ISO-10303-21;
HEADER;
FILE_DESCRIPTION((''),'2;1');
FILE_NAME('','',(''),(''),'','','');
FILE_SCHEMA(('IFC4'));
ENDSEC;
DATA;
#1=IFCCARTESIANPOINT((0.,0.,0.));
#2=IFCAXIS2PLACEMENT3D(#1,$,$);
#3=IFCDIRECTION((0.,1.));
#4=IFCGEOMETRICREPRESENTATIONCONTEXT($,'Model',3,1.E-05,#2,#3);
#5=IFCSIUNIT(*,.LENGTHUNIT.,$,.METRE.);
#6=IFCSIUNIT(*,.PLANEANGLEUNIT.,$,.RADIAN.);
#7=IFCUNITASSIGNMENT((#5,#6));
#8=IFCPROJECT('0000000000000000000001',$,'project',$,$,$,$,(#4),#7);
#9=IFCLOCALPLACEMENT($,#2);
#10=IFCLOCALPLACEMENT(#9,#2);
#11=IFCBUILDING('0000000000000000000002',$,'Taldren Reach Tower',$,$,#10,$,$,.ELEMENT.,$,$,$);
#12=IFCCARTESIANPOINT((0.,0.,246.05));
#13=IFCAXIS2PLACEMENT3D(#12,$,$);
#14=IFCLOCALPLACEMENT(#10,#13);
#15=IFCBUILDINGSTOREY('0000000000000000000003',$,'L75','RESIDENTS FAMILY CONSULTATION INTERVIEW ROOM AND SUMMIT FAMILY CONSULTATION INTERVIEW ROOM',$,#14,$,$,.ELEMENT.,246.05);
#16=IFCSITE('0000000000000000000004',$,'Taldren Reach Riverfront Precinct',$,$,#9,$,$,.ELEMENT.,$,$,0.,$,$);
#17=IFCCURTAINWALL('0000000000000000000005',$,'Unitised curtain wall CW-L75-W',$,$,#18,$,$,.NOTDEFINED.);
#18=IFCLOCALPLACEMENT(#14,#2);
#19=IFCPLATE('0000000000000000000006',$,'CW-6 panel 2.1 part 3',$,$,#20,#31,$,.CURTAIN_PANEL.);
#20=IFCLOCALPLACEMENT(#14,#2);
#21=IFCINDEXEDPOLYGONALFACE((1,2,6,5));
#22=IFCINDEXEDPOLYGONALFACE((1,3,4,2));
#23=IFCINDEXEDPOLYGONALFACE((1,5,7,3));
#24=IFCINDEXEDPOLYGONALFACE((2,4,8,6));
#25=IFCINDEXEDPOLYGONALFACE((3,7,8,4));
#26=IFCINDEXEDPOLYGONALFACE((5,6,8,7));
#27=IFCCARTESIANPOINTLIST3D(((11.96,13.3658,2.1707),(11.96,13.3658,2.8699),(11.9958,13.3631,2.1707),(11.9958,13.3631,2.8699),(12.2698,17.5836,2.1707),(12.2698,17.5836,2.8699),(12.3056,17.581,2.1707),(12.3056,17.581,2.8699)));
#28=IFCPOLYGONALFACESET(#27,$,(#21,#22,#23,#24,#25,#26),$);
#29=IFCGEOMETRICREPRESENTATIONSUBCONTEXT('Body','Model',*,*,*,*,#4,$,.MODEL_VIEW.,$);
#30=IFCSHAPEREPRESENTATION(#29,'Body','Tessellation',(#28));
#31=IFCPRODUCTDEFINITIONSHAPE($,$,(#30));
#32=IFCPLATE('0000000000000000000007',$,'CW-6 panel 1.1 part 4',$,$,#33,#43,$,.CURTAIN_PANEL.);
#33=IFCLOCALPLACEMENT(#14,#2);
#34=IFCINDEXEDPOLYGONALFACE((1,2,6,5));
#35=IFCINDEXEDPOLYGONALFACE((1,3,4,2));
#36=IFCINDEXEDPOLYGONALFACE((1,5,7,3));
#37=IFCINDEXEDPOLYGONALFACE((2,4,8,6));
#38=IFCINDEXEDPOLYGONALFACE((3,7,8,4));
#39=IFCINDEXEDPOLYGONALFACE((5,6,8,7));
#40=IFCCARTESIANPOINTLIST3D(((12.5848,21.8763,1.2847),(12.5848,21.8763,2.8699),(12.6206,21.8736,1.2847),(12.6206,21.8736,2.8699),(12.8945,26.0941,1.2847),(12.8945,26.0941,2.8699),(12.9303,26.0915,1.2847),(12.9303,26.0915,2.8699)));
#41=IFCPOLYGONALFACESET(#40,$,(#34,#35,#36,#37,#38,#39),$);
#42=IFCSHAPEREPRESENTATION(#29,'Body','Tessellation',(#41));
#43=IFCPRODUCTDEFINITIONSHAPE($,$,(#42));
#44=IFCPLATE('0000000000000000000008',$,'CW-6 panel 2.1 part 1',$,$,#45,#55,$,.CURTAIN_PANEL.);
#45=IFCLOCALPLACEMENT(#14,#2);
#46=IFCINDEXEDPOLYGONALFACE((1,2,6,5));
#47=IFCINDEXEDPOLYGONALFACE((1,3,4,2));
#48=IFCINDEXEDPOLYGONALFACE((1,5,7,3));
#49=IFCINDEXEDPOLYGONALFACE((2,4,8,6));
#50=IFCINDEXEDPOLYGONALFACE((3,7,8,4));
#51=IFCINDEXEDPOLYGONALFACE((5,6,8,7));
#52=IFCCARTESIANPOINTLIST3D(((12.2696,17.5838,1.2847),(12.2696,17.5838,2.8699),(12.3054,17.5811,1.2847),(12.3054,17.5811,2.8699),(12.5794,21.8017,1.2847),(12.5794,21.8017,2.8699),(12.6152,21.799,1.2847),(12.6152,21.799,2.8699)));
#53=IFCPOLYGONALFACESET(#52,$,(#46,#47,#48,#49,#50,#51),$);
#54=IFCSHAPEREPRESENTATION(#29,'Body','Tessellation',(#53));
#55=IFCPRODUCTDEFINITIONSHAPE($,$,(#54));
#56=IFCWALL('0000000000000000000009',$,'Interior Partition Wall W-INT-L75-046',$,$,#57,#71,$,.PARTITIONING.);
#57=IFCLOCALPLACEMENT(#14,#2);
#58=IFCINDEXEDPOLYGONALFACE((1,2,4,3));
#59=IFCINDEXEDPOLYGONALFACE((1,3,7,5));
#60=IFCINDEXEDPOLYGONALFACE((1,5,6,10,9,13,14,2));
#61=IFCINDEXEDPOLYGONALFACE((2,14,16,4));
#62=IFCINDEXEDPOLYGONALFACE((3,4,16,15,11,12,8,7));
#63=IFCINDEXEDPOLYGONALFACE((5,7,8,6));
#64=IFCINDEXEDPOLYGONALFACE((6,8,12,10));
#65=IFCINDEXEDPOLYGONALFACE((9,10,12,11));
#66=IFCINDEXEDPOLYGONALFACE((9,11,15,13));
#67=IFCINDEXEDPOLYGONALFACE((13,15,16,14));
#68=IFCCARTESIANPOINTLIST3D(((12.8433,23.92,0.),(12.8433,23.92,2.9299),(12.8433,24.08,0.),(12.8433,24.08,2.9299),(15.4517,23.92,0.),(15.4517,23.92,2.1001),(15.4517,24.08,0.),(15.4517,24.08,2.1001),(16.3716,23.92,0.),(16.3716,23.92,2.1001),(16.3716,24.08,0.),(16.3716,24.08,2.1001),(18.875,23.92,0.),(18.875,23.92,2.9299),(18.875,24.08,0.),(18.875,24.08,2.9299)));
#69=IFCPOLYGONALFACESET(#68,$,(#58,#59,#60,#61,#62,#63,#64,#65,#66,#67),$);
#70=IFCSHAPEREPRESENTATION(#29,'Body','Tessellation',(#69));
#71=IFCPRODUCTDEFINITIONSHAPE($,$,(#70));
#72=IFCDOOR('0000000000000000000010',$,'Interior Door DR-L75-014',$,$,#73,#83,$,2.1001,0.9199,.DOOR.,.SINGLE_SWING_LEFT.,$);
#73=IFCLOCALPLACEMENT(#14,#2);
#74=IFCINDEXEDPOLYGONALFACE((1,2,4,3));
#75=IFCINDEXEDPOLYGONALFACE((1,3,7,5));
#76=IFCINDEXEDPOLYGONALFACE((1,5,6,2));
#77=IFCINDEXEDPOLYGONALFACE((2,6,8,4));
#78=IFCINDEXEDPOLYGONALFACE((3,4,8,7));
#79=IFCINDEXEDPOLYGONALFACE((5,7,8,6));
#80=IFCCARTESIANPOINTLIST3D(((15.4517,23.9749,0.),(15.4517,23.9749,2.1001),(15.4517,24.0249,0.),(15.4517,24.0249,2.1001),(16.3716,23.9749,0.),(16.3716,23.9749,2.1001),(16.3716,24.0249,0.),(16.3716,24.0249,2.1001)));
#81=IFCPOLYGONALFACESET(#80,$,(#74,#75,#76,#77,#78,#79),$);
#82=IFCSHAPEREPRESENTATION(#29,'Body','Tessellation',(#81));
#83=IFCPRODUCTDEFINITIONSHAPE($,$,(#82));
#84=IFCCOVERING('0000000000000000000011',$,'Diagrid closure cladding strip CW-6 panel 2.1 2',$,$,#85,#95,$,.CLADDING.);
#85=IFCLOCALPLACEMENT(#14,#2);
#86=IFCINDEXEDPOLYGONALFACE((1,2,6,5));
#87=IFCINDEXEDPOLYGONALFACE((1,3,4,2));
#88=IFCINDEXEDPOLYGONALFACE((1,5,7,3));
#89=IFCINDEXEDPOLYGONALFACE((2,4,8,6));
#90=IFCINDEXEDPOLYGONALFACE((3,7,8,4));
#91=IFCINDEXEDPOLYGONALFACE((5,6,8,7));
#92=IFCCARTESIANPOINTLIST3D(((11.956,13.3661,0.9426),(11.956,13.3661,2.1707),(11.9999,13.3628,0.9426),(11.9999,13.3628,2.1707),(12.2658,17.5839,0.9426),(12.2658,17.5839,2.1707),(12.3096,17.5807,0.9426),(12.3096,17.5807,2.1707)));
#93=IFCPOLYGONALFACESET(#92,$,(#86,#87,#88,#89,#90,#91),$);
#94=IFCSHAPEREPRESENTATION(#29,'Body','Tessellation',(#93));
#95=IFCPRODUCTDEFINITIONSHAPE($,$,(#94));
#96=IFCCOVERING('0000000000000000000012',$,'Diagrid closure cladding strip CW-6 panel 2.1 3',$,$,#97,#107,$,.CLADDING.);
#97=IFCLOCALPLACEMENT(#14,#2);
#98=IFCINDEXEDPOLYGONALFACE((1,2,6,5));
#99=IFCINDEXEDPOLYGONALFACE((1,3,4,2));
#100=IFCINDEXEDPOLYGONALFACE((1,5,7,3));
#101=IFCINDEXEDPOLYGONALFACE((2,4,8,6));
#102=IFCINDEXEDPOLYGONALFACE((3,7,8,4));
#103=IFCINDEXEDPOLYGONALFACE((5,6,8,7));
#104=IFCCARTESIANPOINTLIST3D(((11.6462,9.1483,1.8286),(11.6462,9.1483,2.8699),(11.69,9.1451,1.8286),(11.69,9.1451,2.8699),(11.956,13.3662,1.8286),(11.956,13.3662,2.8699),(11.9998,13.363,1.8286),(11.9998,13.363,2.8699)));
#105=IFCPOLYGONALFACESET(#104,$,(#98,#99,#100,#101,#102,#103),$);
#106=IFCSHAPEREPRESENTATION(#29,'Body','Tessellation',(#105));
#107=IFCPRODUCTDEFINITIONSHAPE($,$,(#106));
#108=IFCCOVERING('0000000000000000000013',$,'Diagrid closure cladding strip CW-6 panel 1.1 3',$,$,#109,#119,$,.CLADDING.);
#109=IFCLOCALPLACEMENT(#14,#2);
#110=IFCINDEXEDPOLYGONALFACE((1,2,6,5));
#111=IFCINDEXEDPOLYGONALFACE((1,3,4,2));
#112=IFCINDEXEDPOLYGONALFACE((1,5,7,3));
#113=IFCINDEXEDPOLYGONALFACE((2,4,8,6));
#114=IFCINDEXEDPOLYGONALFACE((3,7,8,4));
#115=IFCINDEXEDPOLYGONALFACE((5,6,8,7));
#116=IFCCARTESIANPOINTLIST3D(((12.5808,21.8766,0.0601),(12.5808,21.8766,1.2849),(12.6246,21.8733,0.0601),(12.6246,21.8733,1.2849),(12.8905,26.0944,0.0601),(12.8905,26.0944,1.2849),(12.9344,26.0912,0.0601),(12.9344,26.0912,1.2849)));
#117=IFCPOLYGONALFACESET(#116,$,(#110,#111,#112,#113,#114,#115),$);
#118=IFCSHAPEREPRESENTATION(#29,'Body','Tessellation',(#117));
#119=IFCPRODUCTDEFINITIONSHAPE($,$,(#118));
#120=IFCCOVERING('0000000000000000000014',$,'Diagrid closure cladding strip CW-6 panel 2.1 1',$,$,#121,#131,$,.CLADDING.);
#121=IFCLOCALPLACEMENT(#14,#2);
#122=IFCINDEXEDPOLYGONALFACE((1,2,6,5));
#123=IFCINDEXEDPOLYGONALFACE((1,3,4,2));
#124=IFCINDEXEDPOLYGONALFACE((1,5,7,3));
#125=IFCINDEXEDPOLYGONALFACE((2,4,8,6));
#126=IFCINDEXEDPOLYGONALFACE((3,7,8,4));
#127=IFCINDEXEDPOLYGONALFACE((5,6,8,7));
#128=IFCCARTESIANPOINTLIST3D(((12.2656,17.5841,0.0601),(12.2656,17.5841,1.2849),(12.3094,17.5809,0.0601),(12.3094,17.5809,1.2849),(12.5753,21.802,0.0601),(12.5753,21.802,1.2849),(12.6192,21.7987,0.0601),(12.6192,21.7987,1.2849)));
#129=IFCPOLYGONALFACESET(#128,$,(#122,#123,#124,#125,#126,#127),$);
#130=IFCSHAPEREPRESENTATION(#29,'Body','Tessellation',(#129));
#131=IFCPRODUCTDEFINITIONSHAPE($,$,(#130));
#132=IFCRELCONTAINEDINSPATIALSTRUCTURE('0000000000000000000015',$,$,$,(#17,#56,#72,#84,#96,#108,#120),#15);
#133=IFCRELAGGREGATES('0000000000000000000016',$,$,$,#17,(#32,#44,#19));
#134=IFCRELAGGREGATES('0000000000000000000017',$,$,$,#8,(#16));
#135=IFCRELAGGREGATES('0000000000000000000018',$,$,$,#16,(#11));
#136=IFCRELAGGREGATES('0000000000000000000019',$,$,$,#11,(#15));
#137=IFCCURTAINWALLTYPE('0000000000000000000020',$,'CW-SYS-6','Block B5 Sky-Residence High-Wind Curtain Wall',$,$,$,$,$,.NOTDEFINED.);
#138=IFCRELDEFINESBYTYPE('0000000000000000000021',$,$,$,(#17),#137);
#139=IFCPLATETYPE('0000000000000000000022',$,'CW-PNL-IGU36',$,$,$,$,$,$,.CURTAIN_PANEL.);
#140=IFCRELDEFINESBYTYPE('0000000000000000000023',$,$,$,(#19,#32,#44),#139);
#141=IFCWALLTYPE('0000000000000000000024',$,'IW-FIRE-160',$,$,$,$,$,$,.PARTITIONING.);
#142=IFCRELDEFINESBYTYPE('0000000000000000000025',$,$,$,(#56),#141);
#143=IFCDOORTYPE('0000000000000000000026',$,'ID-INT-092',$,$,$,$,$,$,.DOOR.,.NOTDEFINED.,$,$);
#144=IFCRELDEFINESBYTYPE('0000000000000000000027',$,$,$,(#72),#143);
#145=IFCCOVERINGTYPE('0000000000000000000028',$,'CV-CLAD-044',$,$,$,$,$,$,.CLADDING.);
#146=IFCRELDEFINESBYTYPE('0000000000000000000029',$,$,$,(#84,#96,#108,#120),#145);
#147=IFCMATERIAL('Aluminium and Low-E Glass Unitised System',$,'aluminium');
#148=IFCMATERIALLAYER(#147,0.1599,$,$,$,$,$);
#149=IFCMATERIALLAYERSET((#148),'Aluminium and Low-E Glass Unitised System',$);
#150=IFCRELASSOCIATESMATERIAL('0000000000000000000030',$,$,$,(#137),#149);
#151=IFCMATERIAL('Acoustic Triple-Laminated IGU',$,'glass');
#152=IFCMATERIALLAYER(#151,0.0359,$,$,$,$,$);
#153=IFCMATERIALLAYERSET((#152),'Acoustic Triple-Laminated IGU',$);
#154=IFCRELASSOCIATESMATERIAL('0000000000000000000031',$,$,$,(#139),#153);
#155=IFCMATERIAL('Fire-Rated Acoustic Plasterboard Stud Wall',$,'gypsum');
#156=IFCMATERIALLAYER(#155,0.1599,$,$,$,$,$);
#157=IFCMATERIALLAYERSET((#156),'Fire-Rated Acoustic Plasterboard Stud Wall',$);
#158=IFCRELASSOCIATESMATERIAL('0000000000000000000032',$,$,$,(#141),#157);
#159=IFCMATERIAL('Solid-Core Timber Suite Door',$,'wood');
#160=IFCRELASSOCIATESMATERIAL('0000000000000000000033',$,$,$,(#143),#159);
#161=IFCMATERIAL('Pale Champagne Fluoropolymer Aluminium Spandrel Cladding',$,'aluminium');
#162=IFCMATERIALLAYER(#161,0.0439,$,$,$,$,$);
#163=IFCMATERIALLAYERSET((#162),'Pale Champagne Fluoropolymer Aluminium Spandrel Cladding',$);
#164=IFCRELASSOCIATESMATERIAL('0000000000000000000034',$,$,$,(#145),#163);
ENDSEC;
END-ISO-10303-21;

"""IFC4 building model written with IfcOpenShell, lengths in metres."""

from ifc_helpers import new_model, si_unit, direction, frame, frame_2d, origin, origin_2d, place, context, subcontext, project, spatial, rectangle, extrude, source, transform, mapped, material, layer, layer_set, type_object, element, fill, aggregate, save


model = new_model("IFC4")

# Units and contexts
model_context = context("Model", 3, precision=1e-05, world=origin(), true_north=direction((0.0, 1.0)))
body_context = subcontext(model_context, "Body", "Model", "MODEL_VIEW")
ifc_project = project(units=[si_unit("LENGTHUNIT", "METRE"), si_unit("PLANEANGLEUNIT", "RADIAN")], contexts=[model_context])

# Site, building, storey
site_placement = place(None, origin())
site = spatial("IfcSite", under=ifc_project, at=site_placement, Name="Taldren Reach Riverfront Precinct", CompositionType="ELEMENT", RefElevation=0.0)
building_placement = place(site_placement, origin())
building = spatial("IfcBuilding", under=site, at=building_placement, Name="Taldren Reach Tower", CompositionType="ELEMENT")
storey_placement = place(building_placement, frame((0.0, 0.0, 246.05)))
storey = spatial("IfcBuildingStorey", under=building, at=storey_placement, Name="L75", Description="RESIDENTS FAMILY CONSULTATION INTERVIEW ROOM AND SUMMIT FAMILY CONSULTATION INTERVIEW ROOM", CompositionType="ELEMENT", Elevation=246.05)

# Curtain wall
ifc_material_1 = material(Name="Aluminium and Low-E Glass Unitised System", Category="aluminium")
ifc_layer_1 = layer(ifc_material_1, 0.1599)
ifc_layer_set_1 = layer_set([ifc_layer_1], Name="Aluminium and Low-E Glass Unitised System")
curtain_wall_type = type_object("IfcCurtainWallType", Name="CW-SYS-6", Description="Block B5 Sky-Residence High-Wind Curtain Wall", PredefinedType="NOTDEFINED", material=ifc_layer_set_1)
curtain_wall_placement = place(storey_placement, origin())
curtain_wall = element("IfcCurtainWall", 1, at=curtain_wall_placement, inside=storey, type_object=curtain_wall_type, Name="Unitised curtain wall CW-L75-W", PredefinedType="NOTDEFINED")

# Plates
ifc_material_2 = material(Name="Acoustic Triple-Laminated IGU", Category="glass")
ifc_layer_2 = layer(ifc_material_2, 0.0359)
ifc_layer_set_2 = layer_set([ifc_layer_2], Name="Acoustic Triple-Laminated IGU")
plate_type_1 = type_object("IfcPlateType", Name="CW-PNL-IGU36", PredefinedType="CURTAIN_PANEL", material=ifc_layer_set_2)
shared_shape_1 = source(origin(), body_context, "Body", "SweptSolid", [
    extrude(rectangle(XDim=4.2292, YDim=0.0359, at=origin_2d()), origin(), (0.0, 0.0, 1.0), 0.6992),
])
plate_1_placement = place(storey_placement, frame((12.1328, 15.4734, 2.1707), z_axis=(0.0, 0.0, 1.0), x_axis=(-0.073238, -0.997314, 0.0)))
plate_1 = element("IfcPlate", 2, at=plate_1_placement, type_object=plate_type_1, Name="CW-6 panel 2.1 part 3", PredefinedType="CURTAIN_PANEL", context=body_context, shape_type="MappedRepresentation", body=[
    mapped(shared_shape_1, transform((0.0, 0.0, 0.0), scale=1.0)),
])
shared_shape_2 = source(origin(), body_context, "Body", "SweptSolid", [
    extrude(rectangle(XDim=4.2292, YDim=0.0359, at=origin_2d()), origin(), (0.0, 0.0, 1.0), 1.5852),
])
plate_2_placement = place(storey_placement, frame((12.7576, 23.9839, 1.2847), z_axis=(0.0, 0.0, 1.0), x_axis=(-0.073238, -0.997314, 0.0)))
plate_2 = element("IfcPlate", 3, at=plate_2_placement, type_object=plate_type_1, Name="CW-6 panel 1.1 part 4", PredefinedType="CURTAIN_PANEL", context=body_context, shape_type="MappedRepresentation", body=[
    mapped(shared_shape_2, transform((0.0, 0.0, 0.0), scale=1.0)),
])
plate_3_placement = place(storey_placement, frame((12.4424, 19.6914, 1.2847), z_axis=(0.0, 0.0, 1.0), x_axis=(-0.073238, -0.997314, 0.0)))
plate_3 = element("IfcPlate", 4, at=plate_3_placement, type_object=plate_type_1, Name="CW-6 panel 2.1 part 1", PredefinedType="CURTAIN_PANEL", context=body_context, shape_type="MappedRepresentation", body=[
    mapped(shared_shape_2, transform((0.0, 0.0, 0.0), scale=1.0)),
])
aggregate(curtain_wall, [plate_2, plate_3, plate_1])

# Wall, opening, door
ifc_material_3 = material(Name="Fire-Rated Acoustic Plasterboard Stud Wall", Category="gypsum")
ifc_layer_3 = layer(ifc_material_3, 0.1599)
ifc_layer_set_3 = layer_set([ifc_layer_3], Name="Fire-Rated Acoustic Plasterboard Stud Wall")
wall_type = type_object("IfcWallType", Name="IW-FIRE-160", PredefinedType="PARTITIONING", material=ifc_layer_set_3)
shared_shape_3 = source(origin(), body_context, "Body", "SweptSolid", [
    extrude(rectangle(XDim=6.0317, YDim=0.1599, at=frame_2d((3.0159, 0.0))), origin(), (0.0, 0.0, 1.0), 2.9299),
])
wall_placement = place(storey_placement, frame((12.8433, 24.0, 0.0), z_axis=(0.0, 0.0, 1.0), x_axis=(1.0, 0.0, 0.0)))
wall = element("IfcWall", 5, at=wall_placement, inside=storey, type_object=wall_type, Name="Interior Partition Wall W-INT-L75-046", PredefinedType="PARTITIONING", context=body_context, shape_type="MappedRepresentation", body=[
    mapped(shared_shape_3, transform((0.0, 0.0, 0.0), scale=1.0)),
])
shared_shape_4 = source(origin(), body_context, "Body", "SweptSolid", [
    extrude(rectangle(XDim=0.9199, YDim=2.1001, at=frame_2d((0.46, 1.05))), frame((0.0, 0.0898, 0.0), z_axis=(0.0, -1.0, 0.0), x_axis=(1.0, 0.0, 0.0)), (0.0, 0.0, 1.0), 0.1799),
])
opening_placement = place(wall_placement, frame((2.6084, 0.0, 0.0)))
opening = element("IfcOpeningElement", 6, at=opening_placement, cuts=wall, PredefinedType="OPENING", context=body_context, shape_type="MappedRepresentation", body=[
    mapped(shared_shape_4, transform((0.0, 0.0, 0.0), scale=1.0)),
])
ifc_material_4 = material(Name="Solid-Core Timber Suite Door", Category="wood")
door_type = type_object("IfcDoorType", Name="ID-INT-092", OperationType="NOTDEFINED", PredefinedType="DOOR", material=ifc_material_4)
shared_shape_5 = source(origin(), body_context, "Body", "SweptSolid", [
    extrude(rectangle(XDim=0.9199, YDim=2.1001, at=frame_2d((0.46, 1.05))), frame((0.0, 0.0249, 0.0), z_axis=(0.0, -1.0, 0.0), x_axis=(1.0, 0.0, 0.0)), (0.0, 0.0, 1.0), 0.05),
])
door_placement = place(opening_placement, origin())
door = element("IfcDoor", 7, at=door_placement, inside=storey, type_object=door_type, Name="Interior Door DR-L75-014", OperationType="SINGLE_SWING_LEFT", OverallHeight=2.1001, OverallWidth=0.9199, PredefinedType="DOOR", context=body_context, shape_type="MappedRepresentation", body=[
    mapped(shared_shape_5, transform((0.0, 0.0, 0.0), scale=1.0)),
])
fill(opening, door)

# Coverings
ifc_material_5 = material(Name="Pale Champagne Fluoropolymer Aluminium Spandrel Cladding", Category="aluminium")
ifc_layer_4 = layer(ifc_material_5, 0.0439)
ifc_layer_set_4 = layer_set([ifc_layer_4], Name="Pale Champagne Fluoropolymer Aluminium Spandrel Cladding")
covering_type = type_object("IfcCoveringType", Name="CV-CLAD-044", PredefinedType="CLADDING", material=ifc_layer_set_4)
shared_shape_6 = source(origin(), body_context, "Body", "SweptSolid", [
    extrude(rectangle(XDim=4.2292, YDim=0.0439, at=origin_2d()), origin(), (0.0, 0.0, 1.0), 1.228),
])
covering_1_placement = place(storey_placement, frame((12.1328, 15.4734, 0.9426), z_axis=(0.0, 0.0, 1.0), x_axis=(-0.073238, -0.997314, 0.0)))
element("IfcCovering", 8, at=covering_1_placement, inside=storey, type_object=covering_type, Name="Diagrid closure cladding strip CW-6 panel 2.1 2", PredefinedType="CLADDING", context=body_context, shape_type="MappedRepresentation", body=[
    mapped(shared_shape_6, transform((0.0, 0.0, 0.0), scale=1.0)),
])
shared_shape_7 = source(origin(), body_context, "Body", "SweptSolid", [
    extrude(rectangle(XDim=4.2292, YDim=0.0439, at=origin_2d()), origin(), (0.0, 0.0, 1.0), 1.0413),
])
covering_2_placement = place(storey_placement, frame((11.823, 11.2556, 1.8286), z_axis=(0.0, 0.0, 1.0), x_axis=(-0.073238, -0.997314, 0.0)))
element("IfcCovering", 9, at=covering_2_placement, inside=storey, type_object=covering_type, Name="Diagrid closure cladding strip CW-6 panel 2.1 3", PredefinedType="CLADDING", context=body_context, shape_type="MappedRepresentation", body=[
    mapped(shared_shape_7, transform((0.0, 0.0, 0.0), scale=1.0)),
])
shared_shape_8 = source(origin(), body_context, "Body", "SweptSolid", [
    extrude(rectangle(XDim=4.2292, YDim=0.0439, at=origin_2d()), origin(), (0.0, 0.0, 1.0), 1.2249),
])
for number, where, z_axis, x_axis, name in (
    (10, (12.7576, 23.9839, 0.0601), (0.0, 0.0, 1.0), (-0.073238, -0.997314, 0.0), "Diagrid closure cladding strip CW-6 panel 1.1 3"),
    (11, (12.4424, 19.6914, 0.0601), (0.0, 0.0, 1.0), (-0.073238, -0.997314, 0.0), "Diagrid closure cladding strip CW-6 panel 2.1 1"),
):
    element("IfcCovering", number, at=place(storey_placement, frame(where, z_axis=z_axis, x_axis=x_axis)), inside=storey, type_object=covering_type, Name=name, PredefinedType="CLADDING", context=body_context, shape_type="MappedRepresentation", body=[
        mapped(shared_shape_8, transform((0.0, 0.0, 0.0), scale=1.0)),
    ])

save(model, "model.ifc")
